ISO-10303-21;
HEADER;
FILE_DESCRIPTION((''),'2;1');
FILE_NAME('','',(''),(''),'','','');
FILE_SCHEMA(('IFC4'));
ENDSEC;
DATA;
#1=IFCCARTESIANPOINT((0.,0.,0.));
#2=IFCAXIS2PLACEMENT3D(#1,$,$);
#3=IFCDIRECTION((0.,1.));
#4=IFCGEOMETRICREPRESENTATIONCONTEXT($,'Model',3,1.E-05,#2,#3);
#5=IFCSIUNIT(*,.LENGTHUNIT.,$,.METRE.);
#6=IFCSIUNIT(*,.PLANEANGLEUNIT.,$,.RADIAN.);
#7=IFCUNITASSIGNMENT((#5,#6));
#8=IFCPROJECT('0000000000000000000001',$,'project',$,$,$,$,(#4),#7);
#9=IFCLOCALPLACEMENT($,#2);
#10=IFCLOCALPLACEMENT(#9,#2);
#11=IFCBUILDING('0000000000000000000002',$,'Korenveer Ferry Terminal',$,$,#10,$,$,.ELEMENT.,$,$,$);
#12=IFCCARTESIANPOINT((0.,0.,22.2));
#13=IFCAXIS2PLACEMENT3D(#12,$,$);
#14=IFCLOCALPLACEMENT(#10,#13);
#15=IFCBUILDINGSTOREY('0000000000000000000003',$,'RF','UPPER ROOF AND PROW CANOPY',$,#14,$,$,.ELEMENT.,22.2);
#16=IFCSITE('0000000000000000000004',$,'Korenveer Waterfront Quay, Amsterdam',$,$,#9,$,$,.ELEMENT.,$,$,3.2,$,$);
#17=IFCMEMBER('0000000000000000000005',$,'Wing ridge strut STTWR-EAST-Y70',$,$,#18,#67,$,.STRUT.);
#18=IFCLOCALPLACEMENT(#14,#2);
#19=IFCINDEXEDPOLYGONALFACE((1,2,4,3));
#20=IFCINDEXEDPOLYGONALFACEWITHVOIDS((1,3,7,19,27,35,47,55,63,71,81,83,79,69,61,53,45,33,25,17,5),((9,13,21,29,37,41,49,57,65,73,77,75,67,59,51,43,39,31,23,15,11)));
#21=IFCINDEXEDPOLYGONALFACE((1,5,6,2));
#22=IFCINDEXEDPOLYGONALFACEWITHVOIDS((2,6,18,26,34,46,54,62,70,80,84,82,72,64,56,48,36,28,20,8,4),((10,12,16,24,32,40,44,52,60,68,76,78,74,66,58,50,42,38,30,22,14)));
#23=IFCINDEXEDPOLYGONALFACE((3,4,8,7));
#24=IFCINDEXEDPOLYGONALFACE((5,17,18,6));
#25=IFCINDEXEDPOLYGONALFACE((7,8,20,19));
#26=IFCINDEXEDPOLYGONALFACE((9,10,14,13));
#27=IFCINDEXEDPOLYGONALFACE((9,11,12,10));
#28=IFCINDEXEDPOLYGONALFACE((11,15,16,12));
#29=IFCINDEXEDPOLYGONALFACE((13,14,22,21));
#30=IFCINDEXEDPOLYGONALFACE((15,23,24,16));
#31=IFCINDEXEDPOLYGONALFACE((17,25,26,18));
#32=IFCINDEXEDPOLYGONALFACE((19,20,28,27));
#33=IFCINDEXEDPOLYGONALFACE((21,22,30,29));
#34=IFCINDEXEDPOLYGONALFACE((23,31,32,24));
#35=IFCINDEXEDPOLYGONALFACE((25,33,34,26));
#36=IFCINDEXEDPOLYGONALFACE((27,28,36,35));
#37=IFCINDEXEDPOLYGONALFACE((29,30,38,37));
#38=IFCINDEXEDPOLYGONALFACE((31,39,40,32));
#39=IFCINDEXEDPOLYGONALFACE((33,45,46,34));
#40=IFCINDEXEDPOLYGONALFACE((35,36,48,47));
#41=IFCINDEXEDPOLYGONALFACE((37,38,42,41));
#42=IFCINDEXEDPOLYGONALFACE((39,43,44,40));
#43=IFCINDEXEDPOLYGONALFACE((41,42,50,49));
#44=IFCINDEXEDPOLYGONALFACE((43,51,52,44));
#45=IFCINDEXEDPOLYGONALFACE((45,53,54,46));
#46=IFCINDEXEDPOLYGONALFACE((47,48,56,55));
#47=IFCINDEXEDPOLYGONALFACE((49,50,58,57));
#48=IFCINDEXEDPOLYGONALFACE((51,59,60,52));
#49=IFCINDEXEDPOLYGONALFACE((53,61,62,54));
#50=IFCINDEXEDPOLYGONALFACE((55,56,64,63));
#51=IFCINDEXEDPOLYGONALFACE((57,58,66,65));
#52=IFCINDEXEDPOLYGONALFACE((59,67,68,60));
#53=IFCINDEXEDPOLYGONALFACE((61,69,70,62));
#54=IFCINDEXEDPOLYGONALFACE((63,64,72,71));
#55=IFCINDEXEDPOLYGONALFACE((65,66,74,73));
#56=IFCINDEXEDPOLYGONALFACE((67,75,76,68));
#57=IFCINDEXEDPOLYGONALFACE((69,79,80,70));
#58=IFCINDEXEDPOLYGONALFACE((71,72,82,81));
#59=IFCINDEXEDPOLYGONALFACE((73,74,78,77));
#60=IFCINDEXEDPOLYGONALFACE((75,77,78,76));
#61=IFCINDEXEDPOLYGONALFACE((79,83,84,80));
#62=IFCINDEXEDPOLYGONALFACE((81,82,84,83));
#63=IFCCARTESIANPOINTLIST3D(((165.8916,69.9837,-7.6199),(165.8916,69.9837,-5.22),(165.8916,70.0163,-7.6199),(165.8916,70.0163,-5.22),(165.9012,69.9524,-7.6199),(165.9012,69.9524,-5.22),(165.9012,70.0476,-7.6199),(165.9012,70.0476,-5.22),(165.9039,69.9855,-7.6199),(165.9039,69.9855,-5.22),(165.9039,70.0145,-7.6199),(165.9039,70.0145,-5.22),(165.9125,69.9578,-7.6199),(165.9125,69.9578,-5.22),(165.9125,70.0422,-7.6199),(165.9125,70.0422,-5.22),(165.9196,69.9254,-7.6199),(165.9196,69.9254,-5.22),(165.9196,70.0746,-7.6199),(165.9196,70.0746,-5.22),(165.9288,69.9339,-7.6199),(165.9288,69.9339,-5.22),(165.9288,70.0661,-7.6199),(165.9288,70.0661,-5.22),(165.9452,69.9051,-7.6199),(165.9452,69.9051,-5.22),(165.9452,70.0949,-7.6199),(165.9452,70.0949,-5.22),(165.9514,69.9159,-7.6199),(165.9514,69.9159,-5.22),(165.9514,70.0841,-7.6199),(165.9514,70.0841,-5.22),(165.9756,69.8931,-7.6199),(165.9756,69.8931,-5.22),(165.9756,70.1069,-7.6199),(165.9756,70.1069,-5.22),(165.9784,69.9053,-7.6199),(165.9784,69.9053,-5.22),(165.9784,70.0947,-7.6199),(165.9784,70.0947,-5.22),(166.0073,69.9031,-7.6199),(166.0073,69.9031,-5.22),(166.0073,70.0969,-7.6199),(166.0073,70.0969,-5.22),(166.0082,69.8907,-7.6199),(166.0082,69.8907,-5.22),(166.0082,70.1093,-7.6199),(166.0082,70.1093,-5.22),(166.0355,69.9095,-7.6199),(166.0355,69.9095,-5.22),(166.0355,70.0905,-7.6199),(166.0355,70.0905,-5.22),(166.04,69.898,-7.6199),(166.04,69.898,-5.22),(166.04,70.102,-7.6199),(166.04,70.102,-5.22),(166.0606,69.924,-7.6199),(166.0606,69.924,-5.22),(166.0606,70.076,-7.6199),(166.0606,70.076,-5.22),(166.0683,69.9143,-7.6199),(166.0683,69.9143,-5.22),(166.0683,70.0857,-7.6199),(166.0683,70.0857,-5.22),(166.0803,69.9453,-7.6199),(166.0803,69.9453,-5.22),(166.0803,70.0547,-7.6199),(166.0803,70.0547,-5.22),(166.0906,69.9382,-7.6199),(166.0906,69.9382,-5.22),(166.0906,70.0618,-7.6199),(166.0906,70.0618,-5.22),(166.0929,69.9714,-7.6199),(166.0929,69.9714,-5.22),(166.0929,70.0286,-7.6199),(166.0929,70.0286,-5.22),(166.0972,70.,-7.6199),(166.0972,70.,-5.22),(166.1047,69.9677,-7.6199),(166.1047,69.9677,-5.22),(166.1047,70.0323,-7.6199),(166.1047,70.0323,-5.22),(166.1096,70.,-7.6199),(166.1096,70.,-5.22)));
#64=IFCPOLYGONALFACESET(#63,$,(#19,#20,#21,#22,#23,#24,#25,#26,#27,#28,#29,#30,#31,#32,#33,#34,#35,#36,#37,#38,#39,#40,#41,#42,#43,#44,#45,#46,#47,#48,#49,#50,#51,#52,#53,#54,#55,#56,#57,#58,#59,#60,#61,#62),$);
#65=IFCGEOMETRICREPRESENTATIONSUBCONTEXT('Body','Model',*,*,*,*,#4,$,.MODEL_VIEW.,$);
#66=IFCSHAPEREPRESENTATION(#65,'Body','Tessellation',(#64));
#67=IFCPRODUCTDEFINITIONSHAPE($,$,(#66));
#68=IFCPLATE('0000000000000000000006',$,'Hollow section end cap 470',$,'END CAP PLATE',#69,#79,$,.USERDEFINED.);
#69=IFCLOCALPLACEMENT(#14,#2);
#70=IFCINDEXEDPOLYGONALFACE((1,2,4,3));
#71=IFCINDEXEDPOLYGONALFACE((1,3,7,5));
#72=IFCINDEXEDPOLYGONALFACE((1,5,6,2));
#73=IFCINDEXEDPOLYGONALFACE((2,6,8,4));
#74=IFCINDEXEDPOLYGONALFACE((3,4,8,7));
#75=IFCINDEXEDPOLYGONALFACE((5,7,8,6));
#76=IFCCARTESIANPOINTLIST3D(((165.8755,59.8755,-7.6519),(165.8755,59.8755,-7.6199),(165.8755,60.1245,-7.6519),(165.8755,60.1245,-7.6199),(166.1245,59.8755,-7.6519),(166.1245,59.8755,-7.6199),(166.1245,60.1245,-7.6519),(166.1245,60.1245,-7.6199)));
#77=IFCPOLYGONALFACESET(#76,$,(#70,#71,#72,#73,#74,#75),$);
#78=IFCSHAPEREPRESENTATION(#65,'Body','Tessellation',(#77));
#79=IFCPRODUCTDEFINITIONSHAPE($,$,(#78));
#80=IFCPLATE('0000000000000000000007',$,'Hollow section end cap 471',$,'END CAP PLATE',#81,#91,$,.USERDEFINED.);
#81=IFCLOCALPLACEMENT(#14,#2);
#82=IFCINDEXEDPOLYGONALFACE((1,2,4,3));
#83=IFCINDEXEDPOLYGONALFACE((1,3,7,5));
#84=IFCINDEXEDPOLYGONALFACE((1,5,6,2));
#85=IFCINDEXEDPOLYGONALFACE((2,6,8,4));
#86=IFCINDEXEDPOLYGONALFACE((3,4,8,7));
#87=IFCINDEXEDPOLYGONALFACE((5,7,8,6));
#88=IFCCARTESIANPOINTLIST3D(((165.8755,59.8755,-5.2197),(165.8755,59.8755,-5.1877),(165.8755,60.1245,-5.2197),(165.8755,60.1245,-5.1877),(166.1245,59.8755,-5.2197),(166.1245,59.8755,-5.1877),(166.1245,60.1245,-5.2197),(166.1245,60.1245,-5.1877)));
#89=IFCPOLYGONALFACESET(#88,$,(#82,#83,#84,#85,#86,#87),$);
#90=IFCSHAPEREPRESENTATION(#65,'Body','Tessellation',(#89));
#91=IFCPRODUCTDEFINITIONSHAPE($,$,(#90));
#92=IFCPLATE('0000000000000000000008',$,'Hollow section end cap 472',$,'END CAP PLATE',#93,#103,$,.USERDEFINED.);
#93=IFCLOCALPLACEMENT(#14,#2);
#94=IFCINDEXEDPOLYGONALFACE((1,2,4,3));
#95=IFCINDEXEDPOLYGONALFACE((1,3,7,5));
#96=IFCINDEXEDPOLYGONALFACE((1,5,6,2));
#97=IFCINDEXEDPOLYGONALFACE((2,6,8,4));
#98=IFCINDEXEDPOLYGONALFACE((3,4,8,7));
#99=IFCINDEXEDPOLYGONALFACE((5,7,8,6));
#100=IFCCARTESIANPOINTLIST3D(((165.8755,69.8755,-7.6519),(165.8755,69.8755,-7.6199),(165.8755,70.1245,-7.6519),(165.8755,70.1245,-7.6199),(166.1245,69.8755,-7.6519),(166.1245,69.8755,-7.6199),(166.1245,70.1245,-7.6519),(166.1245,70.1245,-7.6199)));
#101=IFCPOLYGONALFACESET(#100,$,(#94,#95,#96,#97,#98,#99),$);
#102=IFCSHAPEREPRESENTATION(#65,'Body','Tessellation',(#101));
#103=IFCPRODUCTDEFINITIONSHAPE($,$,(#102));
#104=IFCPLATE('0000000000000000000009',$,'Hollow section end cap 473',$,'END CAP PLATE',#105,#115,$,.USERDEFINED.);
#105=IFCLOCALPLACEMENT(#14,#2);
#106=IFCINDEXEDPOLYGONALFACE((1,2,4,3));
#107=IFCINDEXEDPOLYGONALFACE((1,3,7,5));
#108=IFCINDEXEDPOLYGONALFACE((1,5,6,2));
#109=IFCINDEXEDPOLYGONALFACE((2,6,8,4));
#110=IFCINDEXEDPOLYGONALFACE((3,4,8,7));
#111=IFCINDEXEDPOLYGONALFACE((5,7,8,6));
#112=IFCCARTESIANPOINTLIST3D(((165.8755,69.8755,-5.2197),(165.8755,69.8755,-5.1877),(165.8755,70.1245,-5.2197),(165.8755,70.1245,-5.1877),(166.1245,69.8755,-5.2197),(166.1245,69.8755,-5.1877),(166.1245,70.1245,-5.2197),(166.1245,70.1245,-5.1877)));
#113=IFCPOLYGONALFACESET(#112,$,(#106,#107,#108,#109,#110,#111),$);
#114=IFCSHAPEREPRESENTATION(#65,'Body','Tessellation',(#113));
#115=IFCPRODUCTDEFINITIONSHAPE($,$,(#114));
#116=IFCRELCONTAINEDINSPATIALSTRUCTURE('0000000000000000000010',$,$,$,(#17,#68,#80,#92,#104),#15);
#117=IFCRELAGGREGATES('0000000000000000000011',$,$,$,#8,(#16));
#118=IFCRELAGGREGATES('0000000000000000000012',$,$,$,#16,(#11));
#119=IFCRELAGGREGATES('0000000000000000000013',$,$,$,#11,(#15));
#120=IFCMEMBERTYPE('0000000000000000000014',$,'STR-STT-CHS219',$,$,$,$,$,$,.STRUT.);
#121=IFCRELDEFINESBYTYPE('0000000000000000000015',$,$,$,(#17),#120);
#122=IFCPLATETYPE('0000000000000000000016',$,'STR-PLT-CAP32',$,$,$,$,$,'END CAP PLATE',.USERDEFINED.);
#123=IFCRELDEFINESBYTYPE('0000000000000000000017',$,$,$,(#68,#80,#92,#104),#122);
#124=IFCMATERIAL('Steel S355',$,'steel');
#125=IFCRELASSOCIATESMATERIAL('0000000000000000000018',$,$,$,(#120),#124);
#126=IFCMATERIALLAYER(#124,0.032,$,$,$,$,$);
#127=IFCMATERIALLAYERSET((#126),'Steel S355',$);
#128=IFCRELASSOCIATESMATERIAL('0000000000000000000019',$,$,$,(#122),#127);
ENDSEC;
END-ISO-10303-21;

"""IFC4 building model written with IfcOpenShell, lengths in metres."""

from ifc_helpers import new_model, si_unit, direction, frame, origin, origin_2d, place, context, subcontext, project, spatial, rectangle, hollow_circle, extrude, material, layer, layer_set, material_profile, profile_set, type_object, element, save


model = new_model("IFC4")

# Units and contexts
model_context = context("Model", 3, precision=1e-05, world=origin(), true_north=direction((0.0, 1.0)))
body_context = subcontext(model_context, "Body", "Model", "MODEL_VIEW")
ifc_project = project(units=[si_unit("LENGTHUNIT", "METRE"), si_unit("PLANEANGLEUNIT", "RADIAN")], contexts=[model_context])

# Site, building, storey
site_placement = place(None, origin())
site = spatial("IfcSite", under=ifc_project, at=site_placement, Name="Korenveer Waterfront Quay, Amsterdam", CompositionType="ELEMENT", RefElevation=3.2)
building_placement = place(site_placement, origin())
building = spatial("IfcBuilding", under=site, at=building_placement, Name="Korenveer Ferry Terminal", CompositionType="ELEMENT")
storey_placement = place(building_placement, frame((0.0, 0.0, 22.2)))
storey = spatial("IfcBuildingStorey", under=building, at=storey_placement, Name="RF", Description="UPPER ROOF AND PROW CANOPY", CompositionType="ELEMENT", Elevation=22.2)

# Shared definitions
ifc_material_1 = material(Name="Steel S355", Category="steel")

# Member
ifc_material_profile_1 = material_profile(ifc_material_1, hollow_circle(Radius=0.1096, WallThickness=0.0125, at=origin_2d()), Name="CHS 219.1x12.5")
ifc_profile_set_1 = profile_set([ifc_material_profile_1], Name="Steel S355")
member_type_1 = type_object("IfcMemberType", Name="STR-STT-CHS219", PredefinedType="STRUT", material=ifc_profile_set_1)
for number, where, z_axis, x_axis, name in (
    (1, (166.0, 70.0, -7.6199), (0.0, 0.0, 1.0), (1.0, 0.0, 0.0), "Wing ridge strut STTWR-EAST-Y70"),
):
    element("IfcMember", number, at=place(storey_placement, frame(where, z_axis=z_axis, x_axis=x_axis)), inside=storey, type_object=member_type_1, Name=name, PredefinedType="STRUT", context=body_context, shape_type="SweptSolid", body=[
        extrude(hollow_circle(Radius=0.1096, WallThickness=0.0125, at=origin_2d()), origin(), (0.0, 0.0, 1.0), 2.3999),
    ])

# Plates
ifc_layer = layer(ifc_material_1, 0.032)
ifc_layer_set = layer_set([ifc_layer], Name="Steel S355")
plate_type = type_object("IfcPlateType", Name="STR-PLT-CAP32", ElementType="END CAP PLATE", PredefinedType="USERDEFINED", material=ifc_layer_set)
for number, where, z_axis, x_axis, name in (
    (2, (166.0, 60.0, -7.6519), (0.0, 0.0, 1.0), (1.0, 0.0, 0.0), "Hollow section end cap 470"),
    (3, (166.0, 60.0, -5.2197), (0.0, 0.0, 1.0), (1.0, 0.0, 0.0), "Hollow section end cap 471"),
    (4, (166.0, 70.0, -7.6519), (0.0, 0.0, 1.0), (1.0, 0.0, 0.0), "Hollow section end cap 472"),
    (5, (166.0, 70.0, -5.2197), (0.0, 0.0, 1.0), (1.0, 0.0, 0.0), "Hollow section end cap 473"),
):
    element("IfcPlate", number, at=place(storey_placement, frame(where, z_axis=z_axis, x_axis=x_axis)), inside=storey, type_object=plate_type, Name=name, ObjectType="END CAP PLATE", PredefinedType="USERDEFINED", context=body_context, shape_type="SweptSolid", body=[
        extrude(rectangle(XDim=0.249, YDim=0.249, at=origin_2d()), origin(), (0.0, 0.0, 1.0), 0.032),
    ])

save(model, "model.ifc")
